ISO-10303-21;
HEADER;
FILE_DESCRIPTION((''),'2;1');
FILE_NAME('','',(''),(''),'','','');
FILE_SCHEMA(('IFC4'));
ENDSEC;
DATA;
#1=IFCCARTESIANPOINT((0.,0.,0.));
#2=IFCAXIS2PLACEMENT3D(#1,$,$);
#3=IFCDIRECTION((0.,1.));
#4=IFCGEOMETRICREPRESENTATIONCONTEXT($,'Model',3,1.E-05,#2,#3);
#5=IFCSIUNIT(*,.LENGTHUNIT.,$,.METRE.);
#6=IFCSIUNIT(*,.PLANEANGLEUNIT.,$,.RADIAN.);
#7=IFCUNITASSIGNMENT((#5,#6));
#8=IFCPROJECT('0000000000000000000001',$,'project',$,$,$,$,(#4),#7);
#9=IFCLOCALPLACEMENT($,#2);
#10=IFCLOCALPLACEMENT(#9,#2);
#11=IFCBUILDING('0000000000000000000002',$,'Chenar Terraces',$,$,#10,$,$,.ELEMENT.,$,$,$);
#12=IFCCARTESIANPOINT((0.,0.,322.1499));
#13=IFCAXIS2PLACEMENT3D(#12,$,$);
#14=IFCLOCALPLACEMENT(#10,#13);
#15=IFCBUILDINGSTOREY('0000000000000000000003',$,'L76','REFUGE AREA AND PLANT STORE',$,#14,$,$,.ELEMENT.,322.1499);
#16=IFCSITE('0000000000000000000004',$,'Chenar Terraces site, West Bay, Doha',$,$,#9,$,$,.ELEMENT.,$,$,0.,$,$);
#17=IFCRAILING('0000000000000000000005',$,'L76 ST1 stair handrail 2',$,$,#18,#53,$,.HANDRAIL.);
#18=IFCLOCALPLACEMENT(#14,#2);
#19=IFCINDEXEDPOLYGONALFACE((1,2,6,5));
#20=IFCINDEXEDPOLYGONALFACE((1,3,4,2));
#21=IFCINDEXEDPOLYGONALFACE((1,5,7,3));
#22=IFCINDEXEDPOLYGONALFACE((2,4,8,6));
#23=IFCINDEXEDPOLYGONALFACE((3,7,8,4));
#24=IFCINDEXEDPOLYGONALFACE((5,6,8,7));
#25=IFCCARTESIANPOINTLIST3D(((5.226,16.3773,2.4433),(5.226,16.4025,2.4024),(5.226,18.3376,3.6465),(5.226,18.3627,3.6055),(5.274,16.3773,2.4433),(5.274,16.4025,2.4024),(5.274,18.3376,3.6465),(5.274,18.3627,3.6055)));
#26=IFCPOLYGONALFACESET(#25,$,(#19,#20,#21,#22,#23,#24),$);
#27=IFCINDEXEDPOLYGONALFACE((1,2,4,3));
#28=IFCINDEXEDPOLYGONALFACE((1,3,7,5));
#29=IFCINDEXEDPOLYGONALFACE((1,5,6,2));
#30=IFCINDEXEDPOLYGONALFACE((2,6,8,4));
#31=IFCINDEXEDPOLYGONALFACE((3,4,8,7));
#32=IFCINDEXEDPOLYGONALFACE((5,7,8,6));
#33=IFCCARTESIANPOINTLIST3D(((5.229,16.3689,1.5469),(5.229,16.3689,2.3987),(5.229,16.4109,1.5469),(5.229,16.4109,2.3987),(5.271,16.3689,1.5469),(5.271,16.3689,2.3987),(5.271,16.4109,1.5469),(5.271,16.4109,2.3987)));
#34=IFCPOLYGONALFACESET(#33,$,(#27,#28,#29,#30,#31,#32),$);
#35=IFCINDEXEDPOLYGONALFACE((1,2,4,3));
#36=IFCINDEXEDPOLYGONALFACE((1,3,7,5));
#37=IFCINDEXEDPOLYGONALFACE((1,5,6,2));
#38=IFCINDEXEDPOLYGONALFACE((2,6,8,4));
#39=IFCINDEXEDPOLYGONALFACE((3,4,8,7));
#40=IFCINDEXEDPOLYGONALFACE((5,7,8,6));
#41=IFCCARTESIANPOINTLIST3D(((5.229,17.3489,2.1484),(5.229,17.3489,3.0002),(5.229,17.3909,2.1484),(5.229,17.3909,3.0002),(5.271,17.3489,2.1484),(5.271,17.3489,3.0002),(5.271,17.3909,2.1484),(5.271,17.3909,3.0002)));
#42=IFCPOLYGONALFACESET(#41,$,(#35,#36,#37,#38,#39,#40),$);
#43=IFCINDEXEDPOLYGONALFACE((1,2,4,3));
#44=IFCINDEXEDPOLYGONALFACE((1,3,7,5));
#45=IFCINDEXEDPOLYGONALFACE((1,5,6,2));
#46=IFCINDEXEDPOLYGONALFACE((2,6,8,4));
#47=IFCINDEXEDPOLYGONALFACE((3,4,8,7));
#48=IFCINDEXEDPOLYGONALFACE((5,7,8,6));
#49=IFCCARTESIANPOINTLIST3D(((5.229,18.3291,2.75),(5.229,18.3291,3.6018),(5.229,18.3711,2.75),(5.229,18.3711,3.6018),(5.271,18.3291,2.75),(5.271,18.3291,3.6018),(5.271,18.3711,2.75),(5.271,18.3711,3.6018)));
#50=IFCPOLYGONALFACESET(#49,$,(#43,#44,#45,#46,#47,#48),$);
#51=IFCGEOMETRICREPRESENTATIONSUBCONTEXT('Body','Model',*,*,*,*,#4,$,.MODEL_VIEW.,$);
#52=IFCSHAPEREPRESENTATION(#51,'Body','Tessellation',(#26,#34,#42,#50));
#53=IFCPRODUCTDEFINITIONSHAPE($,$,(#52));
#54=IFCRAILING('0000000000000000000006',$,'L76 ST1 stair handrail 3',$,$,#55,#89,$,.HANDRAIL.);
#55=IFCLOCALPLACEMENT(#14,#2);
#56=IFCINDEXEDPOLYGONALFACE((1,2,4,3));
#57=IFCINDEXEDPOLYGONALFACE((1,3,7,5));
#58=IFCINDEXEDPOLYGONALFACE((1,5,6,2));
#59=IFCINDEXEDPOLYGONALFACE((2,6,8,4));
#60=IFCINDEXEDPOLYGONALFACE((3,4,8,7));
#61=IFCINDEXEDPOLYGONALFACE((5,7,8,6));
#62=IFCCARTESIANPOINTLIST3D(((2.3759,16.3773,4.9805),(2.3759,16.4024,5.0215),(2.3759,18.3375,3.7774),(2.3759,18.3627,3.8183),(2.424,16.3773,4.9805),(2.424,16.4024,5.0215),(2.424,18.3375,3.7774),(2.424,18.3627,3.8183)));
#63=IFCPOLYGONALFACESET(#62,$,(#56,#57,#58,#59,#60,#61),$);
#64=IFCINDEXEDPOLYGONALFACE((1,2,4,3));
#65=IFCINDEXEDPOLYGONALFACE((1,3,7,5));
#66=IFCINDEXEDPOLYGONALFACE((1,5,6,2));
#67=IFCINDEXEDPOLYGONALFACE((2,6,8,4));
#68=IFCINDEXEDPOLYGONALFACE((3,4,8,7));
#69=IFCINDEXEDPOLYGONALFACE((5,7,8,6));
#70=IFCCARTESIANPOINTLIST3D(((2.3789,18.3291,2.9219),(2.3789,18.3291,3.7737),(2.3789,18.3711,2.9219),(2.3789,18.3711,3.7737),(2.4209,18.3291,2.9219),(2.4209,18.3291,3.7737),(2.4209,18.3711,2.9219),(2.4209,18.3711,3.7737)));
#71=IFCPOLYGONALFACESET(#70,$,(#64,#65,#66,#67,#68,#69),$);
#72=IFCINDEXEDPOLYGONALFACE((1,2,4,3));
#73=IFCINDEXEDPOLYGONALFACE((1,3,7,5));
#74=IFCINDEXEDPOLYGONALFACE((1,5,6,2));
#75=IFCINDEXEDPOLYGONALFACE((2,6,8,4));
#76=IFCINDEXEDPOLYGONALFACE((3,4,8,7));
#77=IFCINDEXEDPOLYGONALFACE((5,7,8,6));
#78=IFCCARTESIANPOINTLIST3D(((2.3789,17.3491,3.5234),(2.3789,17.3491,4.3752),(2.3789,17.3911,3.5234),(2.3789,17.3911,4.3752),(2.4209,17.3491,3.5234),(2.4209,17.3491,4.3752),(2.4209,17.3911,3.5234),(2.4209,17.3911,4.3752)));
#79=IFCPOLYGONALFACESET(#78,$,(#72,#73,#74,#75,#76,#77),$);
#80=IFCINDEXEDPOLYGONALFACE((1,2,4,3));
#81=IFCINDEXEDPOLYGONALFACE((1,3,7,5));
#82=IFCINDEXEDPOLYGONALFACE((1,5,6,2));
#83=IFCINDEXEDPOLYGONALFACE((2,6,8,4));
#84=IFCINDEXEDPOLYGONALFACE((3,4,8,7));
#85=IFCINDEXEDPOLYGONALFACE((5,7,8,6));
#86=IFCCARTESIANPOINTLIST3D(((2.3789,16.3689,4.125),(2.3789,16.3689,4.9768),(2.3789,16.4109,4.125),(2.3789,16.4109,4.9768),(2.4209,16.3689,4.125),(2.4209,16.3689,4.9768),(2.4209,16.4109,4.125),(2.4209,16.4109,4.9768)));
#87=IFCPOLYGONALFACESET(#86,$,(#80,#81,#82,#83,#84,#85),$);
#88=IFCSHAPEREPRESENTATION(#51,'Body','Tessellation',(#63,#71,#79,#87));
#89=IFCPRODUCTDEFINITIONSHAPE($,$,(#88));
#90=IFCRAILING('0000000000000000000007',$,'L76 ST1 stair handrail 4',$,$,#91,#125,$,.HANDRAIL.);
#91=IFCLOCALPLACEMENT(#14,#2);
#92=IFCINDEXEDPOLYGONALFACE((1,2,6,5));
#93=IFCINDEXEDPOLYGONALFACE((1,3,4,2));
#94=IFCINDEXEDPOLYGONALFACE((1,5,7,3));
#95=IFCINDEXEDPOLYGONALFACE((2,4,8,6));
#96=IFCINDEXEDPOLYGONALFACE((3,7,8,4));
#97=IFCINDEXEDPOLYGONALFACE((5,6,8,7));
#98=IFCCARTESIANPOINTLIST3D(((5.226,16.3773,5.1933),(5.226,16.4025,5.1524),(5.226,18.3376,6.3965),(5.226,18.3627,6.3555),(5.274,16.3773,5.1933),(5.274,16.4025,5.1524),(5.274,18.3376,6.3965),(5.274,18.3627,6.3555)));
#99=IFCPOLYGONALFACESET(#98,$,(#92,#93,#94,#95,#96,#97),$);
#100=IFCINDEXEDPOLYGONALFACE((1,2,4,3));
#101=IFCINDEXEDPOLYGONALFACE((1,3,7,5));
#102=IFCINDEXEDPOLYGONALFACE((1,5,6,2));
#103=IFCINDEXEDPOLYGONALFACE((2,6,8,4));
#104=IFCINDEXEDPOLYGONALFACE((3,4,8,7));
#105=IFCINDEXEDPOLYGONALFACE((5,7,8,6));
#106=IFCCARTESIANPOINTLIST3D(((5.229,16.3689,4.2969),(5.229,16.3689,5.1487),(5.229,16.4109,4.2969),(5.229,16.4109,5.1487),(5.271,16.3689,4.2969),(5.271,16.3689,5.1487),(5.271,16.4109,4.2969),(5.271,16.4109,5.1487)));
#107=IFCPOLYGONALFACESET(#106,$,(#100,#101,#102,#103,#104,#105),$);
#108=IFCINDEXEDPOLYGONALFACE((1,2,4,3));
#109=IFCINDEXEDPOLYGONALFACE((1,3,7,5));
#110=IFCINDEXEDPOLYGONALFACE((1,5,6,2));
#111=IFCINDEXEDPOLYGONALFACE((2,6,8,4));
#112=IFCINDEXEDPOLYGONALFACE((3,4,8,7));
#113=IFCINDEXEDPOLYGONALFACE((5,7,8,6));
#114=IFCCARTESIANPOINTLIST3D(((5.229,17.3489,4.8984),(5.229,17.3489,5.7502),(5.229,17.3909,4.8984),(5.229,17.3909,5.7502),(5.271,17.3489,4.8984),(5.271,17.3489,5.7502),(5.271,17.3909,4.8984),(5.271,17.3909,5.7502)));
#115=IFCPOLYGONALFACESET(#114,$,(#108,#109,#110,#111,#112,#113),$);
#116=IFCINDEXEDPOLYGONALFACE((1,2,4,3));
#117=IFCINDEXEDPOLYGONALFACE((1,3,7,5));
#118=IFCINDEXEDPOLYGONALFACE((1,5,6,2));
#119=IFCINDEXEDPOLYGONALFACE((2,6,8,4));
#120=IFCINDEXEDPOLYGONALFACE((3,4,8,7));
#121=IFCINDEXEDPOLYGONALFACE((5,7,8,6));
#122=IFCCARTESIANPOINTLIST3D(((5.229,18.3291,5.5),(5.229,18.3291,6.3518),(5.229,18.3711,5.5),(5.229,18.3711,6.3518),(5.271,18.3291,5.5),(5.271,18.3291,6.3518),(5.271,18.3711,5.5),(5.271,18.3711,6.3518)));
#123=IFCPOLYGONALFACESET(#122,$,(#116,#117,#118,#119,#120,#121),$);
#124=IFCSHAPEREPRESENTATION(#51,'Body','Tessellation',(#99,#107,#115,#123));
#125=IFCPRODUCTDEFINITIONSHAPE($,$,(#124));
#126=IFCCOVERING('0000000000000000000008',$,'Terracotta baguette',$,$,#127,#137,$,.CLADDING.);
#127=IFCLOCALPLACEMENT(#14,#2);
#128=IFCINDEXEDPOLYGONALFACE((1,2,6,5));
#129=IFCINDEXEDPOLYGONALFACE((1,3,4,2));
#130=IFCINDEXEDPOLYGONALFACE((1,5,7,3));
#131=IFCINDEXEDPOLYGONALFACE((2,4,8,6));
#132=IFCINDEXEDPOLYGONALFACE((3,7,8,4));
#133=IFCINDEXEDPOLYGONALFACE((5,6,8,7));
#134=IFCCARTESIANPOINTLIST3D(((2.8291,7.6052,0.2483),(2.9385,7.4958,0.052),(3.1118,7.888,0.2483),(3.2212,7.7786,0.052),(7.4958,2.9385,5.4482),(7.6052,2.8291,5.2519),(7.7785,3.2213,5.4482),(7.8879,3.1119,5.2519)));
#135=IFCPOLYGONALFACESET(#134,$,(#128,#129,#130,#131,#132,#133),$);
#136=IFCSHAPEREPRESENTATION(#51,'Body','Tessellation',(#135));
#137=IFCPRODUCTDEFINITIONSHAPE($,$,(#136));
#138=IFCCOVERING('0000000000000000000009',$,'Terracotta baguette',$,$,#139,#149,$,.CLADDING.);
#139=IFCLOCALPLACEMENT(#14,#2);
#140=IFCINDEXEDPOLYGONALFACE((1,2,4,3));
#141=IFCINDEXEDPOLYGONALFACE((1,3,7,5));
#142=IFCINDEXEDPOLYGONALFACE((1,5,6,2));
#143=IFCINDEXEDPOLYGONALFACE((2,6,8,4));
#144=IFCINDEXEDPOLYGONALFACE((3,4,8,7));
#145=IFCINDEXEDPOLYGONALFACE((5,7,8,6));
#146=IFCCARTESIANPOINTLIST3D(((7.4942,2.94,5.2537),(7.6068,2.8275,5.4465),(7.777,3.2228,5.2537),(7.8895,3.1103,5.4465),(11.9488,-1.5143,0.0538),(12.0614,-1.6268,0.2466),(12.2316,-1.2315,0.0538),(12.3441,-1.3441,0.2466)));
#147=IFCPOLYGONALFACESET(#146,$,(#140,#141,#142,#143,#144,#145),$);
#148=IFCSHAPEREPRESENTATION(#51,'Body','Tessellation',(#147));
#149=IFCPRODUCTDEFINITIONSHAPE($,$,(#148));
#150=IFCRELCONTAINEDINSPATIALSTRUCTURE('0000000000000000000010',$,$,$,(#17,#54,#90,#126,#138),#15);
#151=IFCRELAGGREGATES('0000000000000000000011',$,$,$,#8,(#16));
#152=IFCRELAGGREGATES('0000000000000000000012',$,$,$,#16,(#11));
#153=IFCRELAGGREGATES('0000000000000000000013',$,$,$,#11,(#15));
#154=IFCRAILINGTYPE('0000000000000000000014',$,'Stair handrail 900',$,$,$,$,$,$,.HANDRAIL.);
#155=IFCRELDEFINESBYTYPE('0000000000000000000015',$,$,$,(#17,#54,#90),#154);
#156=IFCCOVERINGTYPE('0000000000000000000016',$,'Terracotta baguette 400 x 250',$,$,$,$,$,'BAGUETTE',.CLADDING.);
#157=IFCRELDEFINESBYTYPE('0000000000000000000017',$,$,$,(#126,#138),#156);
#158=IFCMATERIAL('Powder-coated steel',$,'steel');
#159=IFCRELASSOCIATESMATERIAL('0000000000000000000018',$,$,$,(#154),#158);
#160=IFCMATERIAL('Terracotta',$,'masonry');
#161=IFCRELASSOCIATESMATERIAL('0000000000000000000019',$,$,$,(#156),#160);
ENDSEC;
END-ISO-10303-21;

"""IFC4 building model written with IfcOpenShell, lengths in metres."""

from ifc_helpers import new_model, si_unit, direction, frame, origin, origin_2d, place, context, subcontext, project, spatial, rectangle, extrude, material, material_profile, profile_set, type_object, element, save


model = new_model("IFC4")

# Units and contexts
model_context = context("Model", 3, precision=1e-05, world=origin(), true_north=direction((0.0, 1.0)))
body_context = subcontext(model_context, "Body", "Model", "MODEL_VIEW")
ifc_project = project(units=[si_unit("LENGTHUNIT", "METRE"), si_unit("PLANEANGLEUNIT", "RADIAN")], contexts=[model_context])

# Site, building, storey
site_placement = place(None, origin())
site = spatial("IfcSite", under=ifc_project, at=site_placement, Name="Chenar Terraces site, West Bay, Doha", CompositionType="ELEMENT", RefElevation=0.0)
building_placement = place(site_placement, origin())
building = spatial("IfcBuilding", under=site, at=building_placement, Name="Chenar Terraces", CompositionType="ELEMENT")
storey_placement = place(building_placement, frame((0.0, 0.0, 322.1499)))
storey = spatial("IfcBuildingStorey", under=building, at=storey_placement, Name="L76", Description="REFUGE AREA AND PLANT STORE", CompositionType="ELEMENT", Elevation=322.1499)

# Railings
ifc_material_1 = material(Name="Powder-coated steel", Category="steel")
railing_type_1 = type_object("IfcRailingType", Name="Stair handrail 900", PredefinedType="HANDRAIL", material=ifc_material_1)
railing_1_placement = place(storey_placement, frame((5.25, 16.3899, 1.5469)))
element("IfcRailing", 1, at=railing_1_placement, inside=storey, type_object=railing_type_1, Name="L76 ST1 stair handrail 2", PredefinedType="HANDRAIL", context=body_context, shape_type="SweptSolid", body=[
    extrude(rectangle(XDim=0.0481, YDim=0.0481, at=origin_2d()), frame((0.0, 0.0, 0.876), z_axis=(0.0, 0.85227, 0.523102), x_axis=(-1.0, 0.0, 0.0)), (0.0, 0.0, 1.0), 2.3),
    extrude(rectangle(XDim=0.042, YDim=0.042, at=origin_2d()), origin(), (0.0, 0.0, 1.0), 0.8518),
    extrude(rectangle(XDim=0.042, YDim=0.042, at=origin_2d()), frame((0.0, 0.98, 0.6016)), (0.0, 0.0, 1.0), 0.8518),
    extrude(rectangle(XDim=0.042, YDim=0.042, at=origin_2d()), frame((0.0, 1.9602, 1.2031)), (0.0, 0.0, 1.0), 0.8518),
])
railing_2_placement = place(storey_placement, frame((2.3999, 18.3501, 2.9219)))
element("IfcRailing", 2, at=railing_2_placement, inside=storey, type_object=railing_type_1, Name="L76 ST1 stair handrail 3", PredefinedType="HANDRAIL", context=body_context, shape_type="SweptSolid", body=[
    extrude(rectangle(XDim=0.0481, YDim=0.0481, at=origin_2d()), frame((0.0, 0.0, 0.876), z_axis=(0.0, -0.85227, 0.523102), x_axis=(1.0, 0.0, 0.0)), (0.0, 0.0, 1.0), 2.3),
    extrude(rectangle(XDim=0.042, YDim=0.042, at=origin_2d()), origin(), (0.0, 0.0, 1.0), 0.8518),
    extrude(rectangle(XDim=0.042, YDim=0.042, at=origin_2d()), frame((0.0, -0.98, 0.6016)), (0.0, 0.0, 1.0), 0.8518),
    extrude(rectangle(XDim=0.042, YDim=0.042, at=origin_2d()), frame((0.0, -1.9602, 1.2031)), (0.0, 0.0, 1.0), 0.8518),
])
railing_3_placement = place(storey_placement, frame((5.25, 16.3899, 4.2969)))
element("IfcRailing", 3, at=railing_3_placement, inside=storey, type_object=railing_type_1, Name="L76 ST1 stair handrail 4", PredefinedType="HANDRAIL", context=body_context, shape_type="SweptSolid", body=[
    extrude(rectangle(XDim=0.0481, YDim=0.0481, at=origin_2d()), frame((0.0, 0.0, 0.876), z_axis=(0.0, 0.85227, 0.523102), x_axis=(-1.0, 0.0, 0.0)), (0.0, 0.0, 1.0), 2.3),
    extrude(rectangle(XDim=0.042, YDim=0.042, at=origin_2d()), origin(), (0.0, 0.0, 1.0), 0.8518),
    extrude(rectangle(XDim=0.042, YDim=0.042, at=origin_2d()), frame((0.0, 0.98, 0.6016)), (0.0, 0.0, 1.0), 0.8518),
    extrude(rectangle(XDim=0.042, YDim=0.042, at=origin_2d()), frame((0.0, 1.9602, 1.2031)), (0.0, 0.0, 1.0), 0.8518),
])

# Coverings
ifc_material_2 = material(Name="Terracotta", Category="masonry")
ifc_material_profile = material_profile(ifc_material_2, rectangle(XDim=0.3999, YDim=0.25, at=origin_2d()), Name="Terracotta baguette 400 x 250")
ifc_profile_set = profile_set([ifc_material_profile], Name="Terracotta")
covering_type = type_object("IfcCoveringType", Name="Terracotta baguette 400 x 250", ElementType="BAGUETTE", PredefinedType="CLADDING", material=ifc_profile_set)
covering_1_placement = place(storey_placement, frame((3.0251, 7.6919, 0.1501), z_axis=(0.555421, -0.555421, 0.618881), x_axis=(0.707107, 0.707107, 0.0)))
element("IfcCovering", 4, at=covering_1_placement, inside=storey, type_object=covering_type, Name="Terracotta baguette", PredefinedType="CLADDING", context=body_context, shape_type="SweptSolid", body=[
    extrude(rectangle(XDim=0.3999, YDim=0.25, at=origin_2d()), origin(), (0.0, 0.0, 1.0), 8.4021),
])
covering_2_placement = place(storey_placement, frame((7.6919, 3.0251, 5.3501), z_axis=(0.545339, -0.545309, -0.636587), x_axis=(0.707087, 0.707126, 0.0)))
element("IfcCovering", 5, at=covering_2_placement, inside=storey, type_object=covering_type, Name="Terracotta baguette", PredefinedType="CLADDING", context=body_context, shape_type="SweptSolid", body=[
    extrude(rectangle(XDim=0.3999, YDim=0.25, at=origin_2d()), origin(), (0.0, 0.0, 1.0), 8.1685),
])

save(model, "model.ifc")
